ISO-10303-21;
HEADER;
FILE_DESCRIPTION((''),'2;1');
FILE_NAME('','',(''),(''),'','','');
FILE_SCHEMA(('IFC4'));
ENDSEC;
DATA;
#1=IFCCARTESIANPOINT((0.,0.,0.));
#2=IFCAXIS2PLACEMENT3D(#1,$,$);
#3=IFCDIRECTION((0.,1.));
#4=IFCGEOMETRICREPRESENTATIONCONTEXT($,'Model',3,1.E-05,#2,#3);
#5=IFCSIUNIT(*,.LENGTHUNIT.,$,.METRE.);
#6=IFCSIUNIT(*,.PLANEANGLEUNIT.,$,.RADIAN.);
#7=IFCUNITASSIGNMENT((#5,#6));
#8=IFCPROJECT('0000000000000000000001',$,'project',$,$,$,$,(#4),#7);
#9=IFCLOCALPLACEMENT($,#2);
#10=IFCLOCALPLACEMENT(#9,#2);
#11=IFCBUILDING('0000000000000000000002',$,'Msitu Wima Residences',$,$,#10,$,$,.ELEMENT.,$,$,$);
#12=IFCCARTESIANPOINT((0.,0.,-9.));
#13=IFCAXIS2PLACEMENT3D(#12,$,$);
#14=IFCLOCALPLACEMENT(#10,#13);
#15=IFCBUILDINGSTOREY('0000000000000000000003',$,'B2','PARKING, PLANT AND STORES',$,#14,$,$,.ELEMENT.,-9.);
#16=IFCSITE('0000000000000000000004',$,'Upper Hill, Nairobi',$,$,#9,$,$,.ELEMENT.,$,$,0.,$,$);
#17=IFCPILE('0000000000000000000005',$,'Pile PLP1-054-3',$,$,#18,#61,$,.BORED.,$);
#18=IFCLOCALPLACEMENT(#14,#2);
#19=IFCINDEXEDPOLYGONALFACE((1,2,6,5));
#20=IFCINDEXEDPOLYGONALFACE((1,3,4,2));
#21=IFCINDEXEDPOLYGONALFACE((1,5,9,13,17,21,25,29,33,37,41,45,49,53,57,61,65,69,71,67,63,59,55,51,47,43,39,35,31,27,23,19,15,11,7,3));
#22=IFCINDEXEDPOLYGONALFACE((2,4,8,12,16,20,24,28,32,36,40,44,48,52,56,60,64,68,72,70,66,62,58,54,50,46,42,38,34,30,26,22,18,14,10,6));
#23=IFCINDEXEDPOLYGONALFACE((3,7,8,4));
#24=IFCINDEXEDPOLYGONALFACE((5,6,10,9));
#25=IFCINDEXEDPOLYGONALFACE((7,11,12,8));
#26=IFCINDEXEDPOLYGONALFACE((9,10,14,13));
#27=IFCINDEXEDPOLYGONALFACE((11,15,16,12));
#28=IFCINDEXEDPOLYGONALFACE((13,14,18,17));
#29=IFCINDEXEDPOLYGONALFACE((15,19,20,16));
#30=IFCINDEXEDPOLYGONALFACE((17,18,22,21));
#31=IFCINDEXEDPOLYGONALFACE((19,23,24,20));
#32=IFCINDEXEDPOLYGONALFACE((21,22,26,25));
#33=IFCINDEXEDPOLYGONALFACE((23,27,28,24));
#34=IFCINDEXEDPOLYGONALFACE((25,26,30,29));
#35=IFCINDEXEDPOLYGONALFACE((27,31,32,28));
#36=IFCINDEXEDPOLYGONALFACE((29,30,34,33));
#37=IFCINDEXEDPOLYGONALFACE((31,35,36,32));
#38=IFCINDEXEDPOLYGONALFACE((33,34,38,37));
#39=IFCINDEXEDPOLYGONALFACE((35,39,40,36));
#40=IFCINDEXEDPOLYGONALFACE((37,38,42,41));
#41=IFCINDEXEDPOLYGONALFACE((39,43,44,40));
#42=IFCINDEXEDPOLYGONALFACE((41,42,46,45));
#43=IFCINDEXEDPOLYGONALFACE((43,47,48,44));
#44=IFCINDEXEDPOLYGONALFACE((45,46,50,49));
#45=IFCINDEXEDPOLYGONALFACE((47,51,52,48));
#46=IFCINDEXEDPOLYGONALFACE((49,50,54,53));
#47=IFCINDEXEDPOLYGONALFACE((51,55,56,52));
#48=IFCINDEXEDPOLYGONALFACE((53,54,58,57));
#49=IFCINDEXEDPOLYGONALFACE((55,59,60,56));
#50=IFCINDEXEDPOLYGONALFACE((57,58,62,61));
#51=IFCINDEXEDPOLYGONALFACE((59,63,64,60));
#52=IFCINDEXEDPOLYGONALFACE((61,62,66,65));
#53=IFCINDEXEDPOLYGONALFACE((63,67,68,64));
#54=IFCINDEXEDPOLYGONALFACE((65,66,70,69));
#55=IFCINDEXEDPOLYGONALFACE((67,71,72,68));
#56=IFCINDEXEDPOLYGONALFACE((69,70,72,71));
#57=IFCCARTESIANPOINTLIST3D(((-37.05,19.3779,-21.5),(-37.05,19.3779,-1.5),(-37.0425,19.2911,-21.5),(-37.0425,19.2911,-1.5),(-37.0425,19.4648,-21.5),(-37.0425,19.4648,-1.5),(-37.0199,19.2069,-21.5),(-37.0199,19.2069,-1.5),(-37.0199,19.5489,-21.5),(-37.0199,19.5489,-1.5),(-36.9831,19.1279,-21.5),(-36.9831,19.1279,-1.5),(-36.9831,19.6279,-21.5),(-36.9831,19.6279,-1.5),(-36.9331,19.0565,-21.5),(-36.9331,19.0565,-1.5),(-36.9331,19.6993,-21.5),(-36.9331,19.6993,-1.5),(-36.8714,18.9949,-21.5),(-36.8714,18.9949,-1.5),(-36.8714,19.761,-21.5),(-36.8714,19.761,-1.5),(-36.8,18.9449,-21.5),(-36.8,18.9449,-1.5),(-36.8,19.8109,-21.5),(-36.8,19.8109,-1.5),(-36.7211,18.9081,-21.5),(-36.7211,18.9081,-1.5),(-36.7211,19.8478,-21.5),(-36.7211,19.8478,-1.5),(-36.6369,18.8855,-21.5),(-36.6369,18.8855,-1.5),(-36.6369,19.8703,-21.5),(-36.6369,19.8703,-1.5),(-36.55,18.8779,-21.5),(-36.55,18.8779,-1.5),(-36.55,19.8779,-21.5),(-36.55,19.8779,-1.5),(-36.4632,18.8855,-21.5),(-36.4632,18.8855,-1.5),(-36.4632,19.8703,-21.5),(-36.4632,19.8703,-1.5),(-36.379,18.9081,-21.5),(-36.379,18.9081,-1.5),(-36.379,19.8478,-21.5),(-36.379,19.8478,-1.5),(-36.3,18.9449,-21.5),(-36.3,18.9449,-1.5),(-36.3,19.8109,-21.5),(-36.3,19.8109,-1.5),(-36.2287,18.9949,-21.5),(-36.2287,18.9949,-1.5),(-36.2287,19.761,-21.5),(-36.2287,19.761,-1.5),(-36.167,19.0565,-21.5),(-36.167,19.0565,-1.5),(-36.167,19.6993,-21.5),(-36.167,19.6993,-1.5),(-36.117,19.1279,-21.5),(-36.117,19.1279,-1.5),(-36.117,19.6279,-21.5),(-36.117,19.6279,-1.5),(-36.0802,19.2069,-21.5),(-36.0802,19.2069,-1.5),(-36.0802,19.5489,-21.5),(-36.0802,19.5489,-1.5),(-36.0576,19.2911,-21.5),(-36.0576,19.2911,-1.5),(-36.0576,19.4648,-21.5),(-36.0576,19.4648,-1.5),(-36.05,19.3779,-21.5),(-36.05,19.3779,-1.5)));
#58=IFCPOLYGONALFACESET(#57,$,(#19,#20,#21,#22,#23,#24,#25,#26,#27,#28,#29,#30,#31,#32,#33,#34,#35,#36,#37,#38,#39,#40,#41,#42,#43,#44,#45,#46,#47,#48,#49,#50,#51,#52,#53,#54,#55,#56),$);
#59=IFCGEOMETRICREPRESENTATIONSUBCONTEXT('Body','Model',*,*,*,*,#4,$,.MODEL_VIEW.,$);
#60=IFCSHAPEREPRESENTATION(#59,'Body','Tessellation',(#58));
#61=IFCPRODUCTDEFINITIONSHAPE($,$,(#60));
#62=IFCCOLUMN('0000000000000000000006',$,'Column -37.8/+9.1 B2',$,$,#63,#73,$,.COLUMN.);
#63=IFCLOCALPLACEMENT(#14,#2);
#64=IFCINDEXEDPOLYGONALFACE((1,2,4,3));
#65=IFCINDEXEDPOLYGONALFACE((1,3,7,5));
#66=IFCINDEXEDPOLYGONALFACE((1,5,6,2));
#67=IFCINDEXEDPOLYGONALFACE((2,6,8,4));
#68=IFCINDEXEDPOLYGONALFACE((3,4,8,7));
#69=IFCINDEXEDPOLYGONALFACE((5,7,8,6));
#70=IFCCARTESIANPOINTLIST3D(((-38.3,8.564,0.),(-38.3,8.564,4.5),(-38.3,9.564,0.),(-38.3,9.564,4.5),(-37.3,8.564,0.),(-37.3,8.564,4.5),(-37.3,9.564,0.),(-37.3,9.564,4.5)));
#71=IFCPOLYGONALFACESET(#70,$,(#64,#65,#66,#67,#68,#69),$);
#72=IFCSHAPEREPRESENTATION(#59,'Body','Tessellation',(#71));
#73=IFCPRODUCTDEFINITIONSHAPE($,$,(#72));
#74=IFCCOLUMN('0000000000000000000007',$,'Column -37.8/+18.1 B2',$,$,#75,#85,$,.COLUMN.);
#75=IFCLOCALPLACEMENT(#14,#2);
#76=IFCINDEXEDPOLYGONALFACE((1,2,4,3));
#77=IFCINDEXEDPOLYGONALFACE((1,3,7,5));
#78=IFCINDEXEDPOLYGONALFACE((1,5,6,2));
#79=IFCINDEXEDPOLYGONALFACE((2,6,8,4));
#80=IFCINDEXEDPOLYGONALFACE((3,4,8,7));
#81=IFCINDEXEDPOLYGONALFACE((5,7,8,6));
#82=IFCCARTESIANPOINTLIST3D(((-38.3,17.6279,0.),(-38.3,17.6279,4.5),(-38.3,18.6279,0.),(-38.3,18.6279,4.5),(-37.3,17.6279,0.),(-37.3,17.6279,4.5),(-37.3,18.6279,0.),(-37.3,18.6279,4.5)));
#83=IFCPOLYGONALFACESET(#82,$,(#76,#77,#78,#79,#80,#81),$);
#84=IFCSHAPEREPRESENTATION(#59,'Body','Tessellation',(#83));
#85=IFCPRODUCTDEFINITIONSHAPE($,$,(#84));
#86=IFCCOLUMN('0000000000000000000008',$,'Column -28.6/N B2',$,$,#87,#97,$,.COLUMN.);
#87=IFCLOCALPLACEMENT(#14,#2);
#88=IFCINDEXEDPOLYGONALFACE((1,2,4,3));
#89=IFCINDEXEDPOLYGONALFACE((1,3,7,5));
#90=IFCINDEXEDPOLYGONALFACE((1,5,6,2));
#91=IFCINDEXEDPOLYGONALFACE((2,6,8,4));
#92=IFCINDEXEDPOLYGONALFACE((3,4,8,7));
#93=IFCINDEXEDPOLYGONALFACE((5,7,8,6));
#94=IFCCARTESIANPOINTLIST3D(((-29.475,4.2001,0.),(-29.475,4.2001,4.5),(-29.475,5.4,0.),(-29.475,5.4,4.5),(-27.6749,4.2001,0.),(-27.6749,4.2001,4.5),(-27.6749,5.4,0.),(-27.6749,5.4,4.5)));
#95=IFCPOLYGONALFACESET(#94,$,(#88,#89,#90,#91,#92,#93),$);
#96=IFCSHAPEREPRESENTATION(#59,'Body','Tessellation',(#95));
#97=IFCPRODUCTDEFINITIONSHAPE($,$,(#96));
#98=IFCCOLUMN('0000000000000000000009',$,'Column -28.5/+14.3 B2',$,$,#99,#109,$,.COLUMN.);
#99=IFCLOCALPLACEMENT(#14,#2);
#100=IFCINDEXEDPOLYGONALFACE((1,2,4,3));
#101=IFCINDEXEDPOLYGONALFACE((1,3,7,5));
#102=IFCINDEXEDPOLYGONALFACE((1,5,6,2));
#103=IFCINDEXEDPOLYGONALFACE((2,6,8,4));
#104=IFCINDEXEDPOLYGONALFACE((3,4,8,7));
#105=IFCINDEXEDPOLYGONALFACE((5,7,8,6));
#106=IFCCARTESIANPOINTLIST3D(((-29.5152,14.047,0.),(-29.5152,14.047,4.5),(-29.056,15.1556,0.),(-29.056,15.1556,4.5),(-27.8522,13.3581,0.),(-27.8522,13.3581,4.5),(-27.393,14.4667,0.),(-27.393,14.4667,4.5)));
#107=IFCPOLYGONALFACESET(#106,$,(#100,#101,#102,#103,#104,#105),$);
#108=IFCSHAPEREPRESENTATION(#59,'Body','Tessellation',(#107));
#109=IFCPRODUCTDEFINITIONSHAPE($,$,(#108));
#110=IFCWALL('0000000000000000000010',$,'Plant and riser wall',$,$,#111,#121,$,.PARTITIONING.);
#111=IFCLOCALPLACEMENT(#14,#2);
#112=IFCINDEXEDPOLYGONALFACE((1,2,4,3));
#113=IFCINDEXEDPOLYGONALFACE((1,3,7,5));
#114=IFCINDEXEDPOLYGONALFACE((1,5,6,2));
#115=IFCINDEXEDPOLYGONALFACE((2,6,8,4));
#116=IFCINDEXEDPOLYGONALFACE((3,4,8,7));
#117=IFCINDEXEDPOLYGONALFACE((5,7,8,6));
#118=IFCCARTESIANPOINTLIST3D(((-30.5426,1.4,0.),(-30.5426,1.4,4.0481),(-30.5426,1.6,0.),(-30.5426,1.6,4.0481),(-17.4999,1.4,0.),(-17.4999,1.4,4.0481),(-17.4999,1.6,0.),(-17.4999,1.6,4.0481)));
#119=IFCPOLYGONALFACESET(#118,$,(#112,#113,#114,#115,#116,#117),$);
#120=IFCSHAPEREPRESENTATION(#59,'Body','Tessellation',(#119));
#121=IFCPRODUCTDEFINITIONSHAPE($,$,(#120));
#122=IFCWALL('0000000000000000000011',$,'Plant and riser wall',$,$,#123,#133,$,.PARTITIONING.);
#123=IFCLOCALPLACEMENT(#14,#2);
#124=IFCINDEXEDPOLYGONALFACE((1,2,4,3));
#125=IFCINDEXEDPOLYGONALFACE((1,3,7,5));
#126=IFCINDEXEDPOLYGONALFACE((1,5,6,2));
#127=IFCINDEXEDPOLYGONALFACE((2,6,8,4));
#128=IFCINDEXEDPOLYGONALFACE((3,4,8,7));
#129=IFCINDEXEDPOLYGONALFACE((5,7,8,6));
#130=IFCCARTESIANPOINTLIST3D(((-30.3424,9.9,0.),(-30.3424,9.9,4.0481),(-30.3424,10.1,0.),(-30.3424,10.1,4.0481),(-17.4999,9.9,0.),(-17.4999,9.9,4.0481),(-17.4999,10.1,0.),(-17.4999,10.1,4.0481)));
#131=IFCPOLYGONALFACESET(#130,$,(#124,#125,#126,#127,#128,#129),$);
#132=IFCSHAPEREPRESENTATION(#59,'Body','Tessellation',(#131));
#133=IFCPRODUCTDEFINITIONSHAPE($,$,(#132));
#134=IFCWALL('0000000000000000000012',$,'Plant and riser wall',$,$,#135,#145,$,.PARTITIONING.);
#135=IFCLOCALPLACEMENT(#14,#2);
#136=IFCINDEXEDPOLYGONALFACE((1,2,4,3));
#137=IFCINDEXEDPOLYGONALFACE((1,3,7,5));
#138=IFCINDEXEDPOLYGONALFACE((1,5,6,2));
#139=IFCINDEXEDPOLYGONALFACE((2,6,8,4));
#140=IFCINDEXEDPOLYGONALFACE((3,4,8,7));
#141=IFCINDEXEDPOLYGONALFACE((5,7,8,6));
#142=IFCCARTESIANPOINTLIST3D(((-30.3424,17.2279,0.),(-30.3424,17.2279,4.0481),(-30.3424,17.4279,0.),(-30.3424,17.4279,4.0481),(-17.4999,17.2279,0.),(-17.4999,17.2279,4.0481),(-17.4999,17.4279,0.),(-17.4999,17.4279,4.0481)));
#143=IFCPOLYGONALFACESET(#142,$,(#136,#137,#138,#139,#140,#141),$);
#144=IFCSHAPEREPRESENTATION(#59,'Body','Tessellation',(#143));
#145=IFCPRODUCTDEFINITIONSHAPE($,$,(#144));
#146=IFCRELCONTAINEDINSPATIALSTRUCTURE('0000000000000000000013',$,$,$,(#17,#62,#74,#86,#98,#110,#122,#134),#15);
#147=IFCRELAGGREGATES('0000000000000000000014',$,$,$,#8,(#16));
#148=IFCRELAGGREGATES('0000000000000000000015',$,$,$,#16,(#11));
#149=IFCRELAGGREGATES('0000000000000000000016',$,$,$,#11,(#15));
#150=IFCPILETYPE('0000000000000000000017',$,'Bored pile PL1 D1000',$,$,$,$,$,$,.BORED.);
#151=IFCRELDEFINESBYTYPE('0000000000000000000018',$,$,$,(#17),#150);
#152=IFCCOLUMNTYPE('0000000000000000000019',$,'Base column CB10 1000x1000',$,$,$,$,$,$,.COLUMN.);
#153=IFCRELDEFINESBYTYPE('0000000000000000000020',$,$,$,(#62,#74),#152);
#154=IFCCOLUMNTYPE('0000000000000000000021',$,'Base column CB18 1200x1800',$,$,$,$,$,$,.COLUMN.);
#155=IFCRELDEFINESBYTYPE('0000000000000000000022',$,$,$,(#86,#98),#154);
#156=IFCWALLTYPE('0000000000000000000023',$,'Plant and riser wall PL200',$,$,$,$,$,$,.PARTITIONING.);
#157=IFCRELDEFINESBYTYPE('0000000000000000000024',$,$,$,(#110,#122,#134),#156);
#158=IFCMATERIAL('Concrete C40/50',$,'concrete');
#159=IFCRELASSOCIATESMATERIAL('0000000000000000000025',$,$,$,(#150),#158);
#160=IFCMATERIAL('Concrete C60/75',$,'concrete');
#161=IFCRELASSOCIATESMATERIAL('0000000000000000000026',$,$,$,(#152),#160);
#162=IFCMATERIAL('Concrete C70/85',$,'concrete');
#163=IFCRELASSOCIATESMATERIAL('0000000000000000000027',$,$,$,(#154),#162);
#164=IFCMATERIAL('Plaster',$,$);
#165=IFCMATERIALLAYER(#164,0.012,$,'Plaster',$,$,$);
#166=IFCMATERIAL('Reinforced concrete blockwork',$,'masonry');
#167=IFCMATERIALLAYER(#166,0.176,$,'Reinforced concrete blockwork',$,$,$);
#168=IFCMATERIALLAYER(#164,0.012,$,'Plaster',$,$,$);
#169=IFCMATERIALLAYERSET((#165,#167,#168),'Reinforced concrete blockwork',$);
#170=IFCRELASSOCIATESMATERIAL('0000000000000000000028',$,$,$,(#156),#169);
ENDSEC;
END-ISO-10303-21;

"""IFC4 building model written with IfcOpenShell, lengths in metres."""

from ifc_helpers import new_model, si_unit, direction, frame, frame_2d, origin, origin_2d, place, context, subcontext, project, spatial, rectangle, circle, extrude, material, layer, layer_set, material_profile, profile_set, type_object, element, save


model = new_model("IFC4")

# Units and contexts
model_context = context("Model", 3, precision=1e-05, world=origin(), true_north=direction((0.0, 1.0)))
body_context = subcontext(model_context, "Body", "Model", "MODEL_VIEW")
ifc_project = project(units=[si_unit("LENGTHUNIT", "METRE"), si_unit("PLANEANGLEUNIT", "RADIAN")], contexts=[model_context])

# Site, building, storey
site_placement = place(None, origin())
site = spatial("IfcSite", under=ifc_project, at=site_placement, Name="Upper Hill, Nairobi", CompositionType="ELEMENT", RefElevation=0.0)
building_placement = place(site_placement, origin())
building = spatial("IfcBuilding", under=site, at=building_placement, Name="Msitu Wima Residences", CompositionType="ELEMENT")
storey_placement = place(building_placement, frame((0.0, 0.0, -9.0)))
storey = spatial("IfcBuildingStorey", under=building, at=storey_placement, Name="B2", Description="PARKING, PLANT AND STORES", CompositionType="ELEMENT", Elevation=-9.0)

# Pile
ifc_material_1 = material(Name="Concrete C40/50", Category="concrete")
pile_type_1 = type_object("IfcPileType", Name="Bored pile PL1 D1000", PredefinedType="BORED", material=ifc_material_1)
for number, where, z_axis, x_axis, name in (
    (1, (-36.55, 19.3779, -1.5), (0.0, 0.0, -1.0), (1.0, 0.0, 0.0), "Pile PLP1-054-3"),
):
    element("IfcPile", number, at=place(storey_placement, frame(where, z_axis=z_axis, x_axis=x_axis)), inside=storey, type_object=pile_type_1, Name=name, PredefinedType="BORED", context=body_context, shape_type="SweptSolid", body=[
        extrude(circle(Radius=0.5, at=origin_2d()), origin(), (0.0, 0.0, 1.0), 20.0),
    ])

# Columns
ifc_material_2 = material(Name="Concrete C60/75", Category="concrete")
ifc_material_profile_1 = material_profile(ifc_material_2, rectangle(XDim=1.0, YDim=1.0, at=origin_2d()), Name="RC 1000x1000")
ifc_profile_set_1 = profile_set([ifc_material_profile_1], Name="Concrete C60/75")
column_type_1 = type_object("IfcColumnType", Name="Base column CB10 1000x1000", PredefinedType="COLUMN", material=ifc_profile_set_1)
for number, where, z_axis, x_axis, name in (
    (2, (-37.8, 9.064, 0.0), (0.0, 0.0, 1.0), (1.0, 0.0, 0.0), "Column -37.8/+9.1 B2"),
    (3, (-37.8, 18.1279, 0.0), (0.0, 0.0, 1.0), (1.0, 0.0, 0.0), "Column -37.8/+18.1 B2"),
):
    element("IfcColumn", number, at=place(storey_placement, frame(where, z_axis=z_axis, x_axis=x_axis)), inside=storey, type_object=column_type_1, Name=name, PredefinedType="COLUMN", context=body_context, shape_type="SweptSolid", body=[
        extrude(rectangle(XDim=1.0, YDim=1.0, at=origin_2d()), origin(), (0.0, 0.0, 1.0), 4.5),
    ])
ifc_material_3 = material(Name="Concrete C70/85", Category="concrete")
ifc_material_profile_2 = material_profile(ifc_material_3, rectangle(XDim=1.2, YDim=1.8, at=origin_2d()), Name="RC 1200x1800")
ifc_profile_set_2 = profile_set([ifc_material_profile_2], Name="Concrete C70/85")
column_type_2 = type_object("IfcColumnType", Name="Base column CB18 1200x1800", PredefinedType="COLUMN", material=ifc_profile_set_2)
for number, where, z_axis, x_axis, name in (
    (4, (-28.575, 4.8, 0.0), (0.0, 0.0, 1.0), (0.0, -1.0, 0.0), "Column -28.6/N B2"),
    (5, (-28.4541, 14.2568, 0.0), (0.0, 0.0, 1.0), (-0.382683, -0.92388, 0.0), "Column -28.5/+14.3 B2"),
):
    element("IfcColumn", number, at=place(storey_placement, frame(where, z_axis=z_axis, x_axis=x_axis)), inside=storey, type_object=column_type_2, Name=name, PredefinedType="COLUMN", context=body_context, shape_type="SweptSolid", body=[
        extrude(rectangle(XDim=1.2, YDim=1.8, at=origin_2d()), origin(), (0.0, 0.0, 1.0), 4.5),
    ])

# Shared definitions
ifc_material_4 = material(Name="Plaster")
ifc_layer_1 = layer(ifc_material_4, 0.012, Name="Plaster")
ifc_material_5 = material(Name="Reinforced concrete blockwork", Category="masonry")
ifc_layer_2 = layer(ifc_material_5, 0.176, Name="Reinforced concrete blockwork")
ifc_layer_3 = layer(ifc_material_4, 0.012, Name="Plaster")
ifc_layer_set = layer_set([ifc_layer_1, ifc_layer_2, ifc_layer_3], Name="Reinforced concrete blockwork")
wall_type = type_object("IfcWallType", Name="Plant and riser wall PL200", PredefinedType="PARTITIONING", material=ifc_layer_set)

# Walls
wall_1_placement = place(storey_placement, frame((-30.5427, 1.5, 0.0), z_axis=(0.0, 0.0, 1.0), x_axis=(1.0, 0.0, 0.0)))
element("IfcWall", 6, at=wall_1_placement, inside=storey, type_object=wall_type, Name="Plant and riser wall", PredefinedType="PARTITIONING", context=body_context, shape_type="SweptSolid", body=[
    extrude(rectangle(XDim=13.0427, YDim=0.2, at=frame_2d((6.5215, 0.0))), origin(), (0.0, 0.0, 1.0), 4.0481),
])
for number, where, z_axis, x_axis, name in (
    (7, (-30.3425, 10.0, 0.0), (0.0, 0.0, 1.0), (1.0, 0.0, 0.0), "Plant and riser wall"),
    (8, (-30.3425, 17.3279, 0.0), (0.0, 0.0, 1.0), (1.0, 0.0, 0.0), "Plant and riser wall"),
):
    element("IfcWall", number, at=place(storey_placement, frame(where, z_axis=z_axis, x_axis=x_axis)), inside=storey, type_object=wall_type, Name=name, PredefinedType="PARTITIONING", context=body_context, shape_type="SweptSolid", body=[
        extrude(rectangle(XDim=12.8425, YDim=0.2, at=frame_2d((6.4214, 0.0))), origin(), (0.0, 0.0, 1.0), 4.0481),
    ])

save(model, "model.ifc")
